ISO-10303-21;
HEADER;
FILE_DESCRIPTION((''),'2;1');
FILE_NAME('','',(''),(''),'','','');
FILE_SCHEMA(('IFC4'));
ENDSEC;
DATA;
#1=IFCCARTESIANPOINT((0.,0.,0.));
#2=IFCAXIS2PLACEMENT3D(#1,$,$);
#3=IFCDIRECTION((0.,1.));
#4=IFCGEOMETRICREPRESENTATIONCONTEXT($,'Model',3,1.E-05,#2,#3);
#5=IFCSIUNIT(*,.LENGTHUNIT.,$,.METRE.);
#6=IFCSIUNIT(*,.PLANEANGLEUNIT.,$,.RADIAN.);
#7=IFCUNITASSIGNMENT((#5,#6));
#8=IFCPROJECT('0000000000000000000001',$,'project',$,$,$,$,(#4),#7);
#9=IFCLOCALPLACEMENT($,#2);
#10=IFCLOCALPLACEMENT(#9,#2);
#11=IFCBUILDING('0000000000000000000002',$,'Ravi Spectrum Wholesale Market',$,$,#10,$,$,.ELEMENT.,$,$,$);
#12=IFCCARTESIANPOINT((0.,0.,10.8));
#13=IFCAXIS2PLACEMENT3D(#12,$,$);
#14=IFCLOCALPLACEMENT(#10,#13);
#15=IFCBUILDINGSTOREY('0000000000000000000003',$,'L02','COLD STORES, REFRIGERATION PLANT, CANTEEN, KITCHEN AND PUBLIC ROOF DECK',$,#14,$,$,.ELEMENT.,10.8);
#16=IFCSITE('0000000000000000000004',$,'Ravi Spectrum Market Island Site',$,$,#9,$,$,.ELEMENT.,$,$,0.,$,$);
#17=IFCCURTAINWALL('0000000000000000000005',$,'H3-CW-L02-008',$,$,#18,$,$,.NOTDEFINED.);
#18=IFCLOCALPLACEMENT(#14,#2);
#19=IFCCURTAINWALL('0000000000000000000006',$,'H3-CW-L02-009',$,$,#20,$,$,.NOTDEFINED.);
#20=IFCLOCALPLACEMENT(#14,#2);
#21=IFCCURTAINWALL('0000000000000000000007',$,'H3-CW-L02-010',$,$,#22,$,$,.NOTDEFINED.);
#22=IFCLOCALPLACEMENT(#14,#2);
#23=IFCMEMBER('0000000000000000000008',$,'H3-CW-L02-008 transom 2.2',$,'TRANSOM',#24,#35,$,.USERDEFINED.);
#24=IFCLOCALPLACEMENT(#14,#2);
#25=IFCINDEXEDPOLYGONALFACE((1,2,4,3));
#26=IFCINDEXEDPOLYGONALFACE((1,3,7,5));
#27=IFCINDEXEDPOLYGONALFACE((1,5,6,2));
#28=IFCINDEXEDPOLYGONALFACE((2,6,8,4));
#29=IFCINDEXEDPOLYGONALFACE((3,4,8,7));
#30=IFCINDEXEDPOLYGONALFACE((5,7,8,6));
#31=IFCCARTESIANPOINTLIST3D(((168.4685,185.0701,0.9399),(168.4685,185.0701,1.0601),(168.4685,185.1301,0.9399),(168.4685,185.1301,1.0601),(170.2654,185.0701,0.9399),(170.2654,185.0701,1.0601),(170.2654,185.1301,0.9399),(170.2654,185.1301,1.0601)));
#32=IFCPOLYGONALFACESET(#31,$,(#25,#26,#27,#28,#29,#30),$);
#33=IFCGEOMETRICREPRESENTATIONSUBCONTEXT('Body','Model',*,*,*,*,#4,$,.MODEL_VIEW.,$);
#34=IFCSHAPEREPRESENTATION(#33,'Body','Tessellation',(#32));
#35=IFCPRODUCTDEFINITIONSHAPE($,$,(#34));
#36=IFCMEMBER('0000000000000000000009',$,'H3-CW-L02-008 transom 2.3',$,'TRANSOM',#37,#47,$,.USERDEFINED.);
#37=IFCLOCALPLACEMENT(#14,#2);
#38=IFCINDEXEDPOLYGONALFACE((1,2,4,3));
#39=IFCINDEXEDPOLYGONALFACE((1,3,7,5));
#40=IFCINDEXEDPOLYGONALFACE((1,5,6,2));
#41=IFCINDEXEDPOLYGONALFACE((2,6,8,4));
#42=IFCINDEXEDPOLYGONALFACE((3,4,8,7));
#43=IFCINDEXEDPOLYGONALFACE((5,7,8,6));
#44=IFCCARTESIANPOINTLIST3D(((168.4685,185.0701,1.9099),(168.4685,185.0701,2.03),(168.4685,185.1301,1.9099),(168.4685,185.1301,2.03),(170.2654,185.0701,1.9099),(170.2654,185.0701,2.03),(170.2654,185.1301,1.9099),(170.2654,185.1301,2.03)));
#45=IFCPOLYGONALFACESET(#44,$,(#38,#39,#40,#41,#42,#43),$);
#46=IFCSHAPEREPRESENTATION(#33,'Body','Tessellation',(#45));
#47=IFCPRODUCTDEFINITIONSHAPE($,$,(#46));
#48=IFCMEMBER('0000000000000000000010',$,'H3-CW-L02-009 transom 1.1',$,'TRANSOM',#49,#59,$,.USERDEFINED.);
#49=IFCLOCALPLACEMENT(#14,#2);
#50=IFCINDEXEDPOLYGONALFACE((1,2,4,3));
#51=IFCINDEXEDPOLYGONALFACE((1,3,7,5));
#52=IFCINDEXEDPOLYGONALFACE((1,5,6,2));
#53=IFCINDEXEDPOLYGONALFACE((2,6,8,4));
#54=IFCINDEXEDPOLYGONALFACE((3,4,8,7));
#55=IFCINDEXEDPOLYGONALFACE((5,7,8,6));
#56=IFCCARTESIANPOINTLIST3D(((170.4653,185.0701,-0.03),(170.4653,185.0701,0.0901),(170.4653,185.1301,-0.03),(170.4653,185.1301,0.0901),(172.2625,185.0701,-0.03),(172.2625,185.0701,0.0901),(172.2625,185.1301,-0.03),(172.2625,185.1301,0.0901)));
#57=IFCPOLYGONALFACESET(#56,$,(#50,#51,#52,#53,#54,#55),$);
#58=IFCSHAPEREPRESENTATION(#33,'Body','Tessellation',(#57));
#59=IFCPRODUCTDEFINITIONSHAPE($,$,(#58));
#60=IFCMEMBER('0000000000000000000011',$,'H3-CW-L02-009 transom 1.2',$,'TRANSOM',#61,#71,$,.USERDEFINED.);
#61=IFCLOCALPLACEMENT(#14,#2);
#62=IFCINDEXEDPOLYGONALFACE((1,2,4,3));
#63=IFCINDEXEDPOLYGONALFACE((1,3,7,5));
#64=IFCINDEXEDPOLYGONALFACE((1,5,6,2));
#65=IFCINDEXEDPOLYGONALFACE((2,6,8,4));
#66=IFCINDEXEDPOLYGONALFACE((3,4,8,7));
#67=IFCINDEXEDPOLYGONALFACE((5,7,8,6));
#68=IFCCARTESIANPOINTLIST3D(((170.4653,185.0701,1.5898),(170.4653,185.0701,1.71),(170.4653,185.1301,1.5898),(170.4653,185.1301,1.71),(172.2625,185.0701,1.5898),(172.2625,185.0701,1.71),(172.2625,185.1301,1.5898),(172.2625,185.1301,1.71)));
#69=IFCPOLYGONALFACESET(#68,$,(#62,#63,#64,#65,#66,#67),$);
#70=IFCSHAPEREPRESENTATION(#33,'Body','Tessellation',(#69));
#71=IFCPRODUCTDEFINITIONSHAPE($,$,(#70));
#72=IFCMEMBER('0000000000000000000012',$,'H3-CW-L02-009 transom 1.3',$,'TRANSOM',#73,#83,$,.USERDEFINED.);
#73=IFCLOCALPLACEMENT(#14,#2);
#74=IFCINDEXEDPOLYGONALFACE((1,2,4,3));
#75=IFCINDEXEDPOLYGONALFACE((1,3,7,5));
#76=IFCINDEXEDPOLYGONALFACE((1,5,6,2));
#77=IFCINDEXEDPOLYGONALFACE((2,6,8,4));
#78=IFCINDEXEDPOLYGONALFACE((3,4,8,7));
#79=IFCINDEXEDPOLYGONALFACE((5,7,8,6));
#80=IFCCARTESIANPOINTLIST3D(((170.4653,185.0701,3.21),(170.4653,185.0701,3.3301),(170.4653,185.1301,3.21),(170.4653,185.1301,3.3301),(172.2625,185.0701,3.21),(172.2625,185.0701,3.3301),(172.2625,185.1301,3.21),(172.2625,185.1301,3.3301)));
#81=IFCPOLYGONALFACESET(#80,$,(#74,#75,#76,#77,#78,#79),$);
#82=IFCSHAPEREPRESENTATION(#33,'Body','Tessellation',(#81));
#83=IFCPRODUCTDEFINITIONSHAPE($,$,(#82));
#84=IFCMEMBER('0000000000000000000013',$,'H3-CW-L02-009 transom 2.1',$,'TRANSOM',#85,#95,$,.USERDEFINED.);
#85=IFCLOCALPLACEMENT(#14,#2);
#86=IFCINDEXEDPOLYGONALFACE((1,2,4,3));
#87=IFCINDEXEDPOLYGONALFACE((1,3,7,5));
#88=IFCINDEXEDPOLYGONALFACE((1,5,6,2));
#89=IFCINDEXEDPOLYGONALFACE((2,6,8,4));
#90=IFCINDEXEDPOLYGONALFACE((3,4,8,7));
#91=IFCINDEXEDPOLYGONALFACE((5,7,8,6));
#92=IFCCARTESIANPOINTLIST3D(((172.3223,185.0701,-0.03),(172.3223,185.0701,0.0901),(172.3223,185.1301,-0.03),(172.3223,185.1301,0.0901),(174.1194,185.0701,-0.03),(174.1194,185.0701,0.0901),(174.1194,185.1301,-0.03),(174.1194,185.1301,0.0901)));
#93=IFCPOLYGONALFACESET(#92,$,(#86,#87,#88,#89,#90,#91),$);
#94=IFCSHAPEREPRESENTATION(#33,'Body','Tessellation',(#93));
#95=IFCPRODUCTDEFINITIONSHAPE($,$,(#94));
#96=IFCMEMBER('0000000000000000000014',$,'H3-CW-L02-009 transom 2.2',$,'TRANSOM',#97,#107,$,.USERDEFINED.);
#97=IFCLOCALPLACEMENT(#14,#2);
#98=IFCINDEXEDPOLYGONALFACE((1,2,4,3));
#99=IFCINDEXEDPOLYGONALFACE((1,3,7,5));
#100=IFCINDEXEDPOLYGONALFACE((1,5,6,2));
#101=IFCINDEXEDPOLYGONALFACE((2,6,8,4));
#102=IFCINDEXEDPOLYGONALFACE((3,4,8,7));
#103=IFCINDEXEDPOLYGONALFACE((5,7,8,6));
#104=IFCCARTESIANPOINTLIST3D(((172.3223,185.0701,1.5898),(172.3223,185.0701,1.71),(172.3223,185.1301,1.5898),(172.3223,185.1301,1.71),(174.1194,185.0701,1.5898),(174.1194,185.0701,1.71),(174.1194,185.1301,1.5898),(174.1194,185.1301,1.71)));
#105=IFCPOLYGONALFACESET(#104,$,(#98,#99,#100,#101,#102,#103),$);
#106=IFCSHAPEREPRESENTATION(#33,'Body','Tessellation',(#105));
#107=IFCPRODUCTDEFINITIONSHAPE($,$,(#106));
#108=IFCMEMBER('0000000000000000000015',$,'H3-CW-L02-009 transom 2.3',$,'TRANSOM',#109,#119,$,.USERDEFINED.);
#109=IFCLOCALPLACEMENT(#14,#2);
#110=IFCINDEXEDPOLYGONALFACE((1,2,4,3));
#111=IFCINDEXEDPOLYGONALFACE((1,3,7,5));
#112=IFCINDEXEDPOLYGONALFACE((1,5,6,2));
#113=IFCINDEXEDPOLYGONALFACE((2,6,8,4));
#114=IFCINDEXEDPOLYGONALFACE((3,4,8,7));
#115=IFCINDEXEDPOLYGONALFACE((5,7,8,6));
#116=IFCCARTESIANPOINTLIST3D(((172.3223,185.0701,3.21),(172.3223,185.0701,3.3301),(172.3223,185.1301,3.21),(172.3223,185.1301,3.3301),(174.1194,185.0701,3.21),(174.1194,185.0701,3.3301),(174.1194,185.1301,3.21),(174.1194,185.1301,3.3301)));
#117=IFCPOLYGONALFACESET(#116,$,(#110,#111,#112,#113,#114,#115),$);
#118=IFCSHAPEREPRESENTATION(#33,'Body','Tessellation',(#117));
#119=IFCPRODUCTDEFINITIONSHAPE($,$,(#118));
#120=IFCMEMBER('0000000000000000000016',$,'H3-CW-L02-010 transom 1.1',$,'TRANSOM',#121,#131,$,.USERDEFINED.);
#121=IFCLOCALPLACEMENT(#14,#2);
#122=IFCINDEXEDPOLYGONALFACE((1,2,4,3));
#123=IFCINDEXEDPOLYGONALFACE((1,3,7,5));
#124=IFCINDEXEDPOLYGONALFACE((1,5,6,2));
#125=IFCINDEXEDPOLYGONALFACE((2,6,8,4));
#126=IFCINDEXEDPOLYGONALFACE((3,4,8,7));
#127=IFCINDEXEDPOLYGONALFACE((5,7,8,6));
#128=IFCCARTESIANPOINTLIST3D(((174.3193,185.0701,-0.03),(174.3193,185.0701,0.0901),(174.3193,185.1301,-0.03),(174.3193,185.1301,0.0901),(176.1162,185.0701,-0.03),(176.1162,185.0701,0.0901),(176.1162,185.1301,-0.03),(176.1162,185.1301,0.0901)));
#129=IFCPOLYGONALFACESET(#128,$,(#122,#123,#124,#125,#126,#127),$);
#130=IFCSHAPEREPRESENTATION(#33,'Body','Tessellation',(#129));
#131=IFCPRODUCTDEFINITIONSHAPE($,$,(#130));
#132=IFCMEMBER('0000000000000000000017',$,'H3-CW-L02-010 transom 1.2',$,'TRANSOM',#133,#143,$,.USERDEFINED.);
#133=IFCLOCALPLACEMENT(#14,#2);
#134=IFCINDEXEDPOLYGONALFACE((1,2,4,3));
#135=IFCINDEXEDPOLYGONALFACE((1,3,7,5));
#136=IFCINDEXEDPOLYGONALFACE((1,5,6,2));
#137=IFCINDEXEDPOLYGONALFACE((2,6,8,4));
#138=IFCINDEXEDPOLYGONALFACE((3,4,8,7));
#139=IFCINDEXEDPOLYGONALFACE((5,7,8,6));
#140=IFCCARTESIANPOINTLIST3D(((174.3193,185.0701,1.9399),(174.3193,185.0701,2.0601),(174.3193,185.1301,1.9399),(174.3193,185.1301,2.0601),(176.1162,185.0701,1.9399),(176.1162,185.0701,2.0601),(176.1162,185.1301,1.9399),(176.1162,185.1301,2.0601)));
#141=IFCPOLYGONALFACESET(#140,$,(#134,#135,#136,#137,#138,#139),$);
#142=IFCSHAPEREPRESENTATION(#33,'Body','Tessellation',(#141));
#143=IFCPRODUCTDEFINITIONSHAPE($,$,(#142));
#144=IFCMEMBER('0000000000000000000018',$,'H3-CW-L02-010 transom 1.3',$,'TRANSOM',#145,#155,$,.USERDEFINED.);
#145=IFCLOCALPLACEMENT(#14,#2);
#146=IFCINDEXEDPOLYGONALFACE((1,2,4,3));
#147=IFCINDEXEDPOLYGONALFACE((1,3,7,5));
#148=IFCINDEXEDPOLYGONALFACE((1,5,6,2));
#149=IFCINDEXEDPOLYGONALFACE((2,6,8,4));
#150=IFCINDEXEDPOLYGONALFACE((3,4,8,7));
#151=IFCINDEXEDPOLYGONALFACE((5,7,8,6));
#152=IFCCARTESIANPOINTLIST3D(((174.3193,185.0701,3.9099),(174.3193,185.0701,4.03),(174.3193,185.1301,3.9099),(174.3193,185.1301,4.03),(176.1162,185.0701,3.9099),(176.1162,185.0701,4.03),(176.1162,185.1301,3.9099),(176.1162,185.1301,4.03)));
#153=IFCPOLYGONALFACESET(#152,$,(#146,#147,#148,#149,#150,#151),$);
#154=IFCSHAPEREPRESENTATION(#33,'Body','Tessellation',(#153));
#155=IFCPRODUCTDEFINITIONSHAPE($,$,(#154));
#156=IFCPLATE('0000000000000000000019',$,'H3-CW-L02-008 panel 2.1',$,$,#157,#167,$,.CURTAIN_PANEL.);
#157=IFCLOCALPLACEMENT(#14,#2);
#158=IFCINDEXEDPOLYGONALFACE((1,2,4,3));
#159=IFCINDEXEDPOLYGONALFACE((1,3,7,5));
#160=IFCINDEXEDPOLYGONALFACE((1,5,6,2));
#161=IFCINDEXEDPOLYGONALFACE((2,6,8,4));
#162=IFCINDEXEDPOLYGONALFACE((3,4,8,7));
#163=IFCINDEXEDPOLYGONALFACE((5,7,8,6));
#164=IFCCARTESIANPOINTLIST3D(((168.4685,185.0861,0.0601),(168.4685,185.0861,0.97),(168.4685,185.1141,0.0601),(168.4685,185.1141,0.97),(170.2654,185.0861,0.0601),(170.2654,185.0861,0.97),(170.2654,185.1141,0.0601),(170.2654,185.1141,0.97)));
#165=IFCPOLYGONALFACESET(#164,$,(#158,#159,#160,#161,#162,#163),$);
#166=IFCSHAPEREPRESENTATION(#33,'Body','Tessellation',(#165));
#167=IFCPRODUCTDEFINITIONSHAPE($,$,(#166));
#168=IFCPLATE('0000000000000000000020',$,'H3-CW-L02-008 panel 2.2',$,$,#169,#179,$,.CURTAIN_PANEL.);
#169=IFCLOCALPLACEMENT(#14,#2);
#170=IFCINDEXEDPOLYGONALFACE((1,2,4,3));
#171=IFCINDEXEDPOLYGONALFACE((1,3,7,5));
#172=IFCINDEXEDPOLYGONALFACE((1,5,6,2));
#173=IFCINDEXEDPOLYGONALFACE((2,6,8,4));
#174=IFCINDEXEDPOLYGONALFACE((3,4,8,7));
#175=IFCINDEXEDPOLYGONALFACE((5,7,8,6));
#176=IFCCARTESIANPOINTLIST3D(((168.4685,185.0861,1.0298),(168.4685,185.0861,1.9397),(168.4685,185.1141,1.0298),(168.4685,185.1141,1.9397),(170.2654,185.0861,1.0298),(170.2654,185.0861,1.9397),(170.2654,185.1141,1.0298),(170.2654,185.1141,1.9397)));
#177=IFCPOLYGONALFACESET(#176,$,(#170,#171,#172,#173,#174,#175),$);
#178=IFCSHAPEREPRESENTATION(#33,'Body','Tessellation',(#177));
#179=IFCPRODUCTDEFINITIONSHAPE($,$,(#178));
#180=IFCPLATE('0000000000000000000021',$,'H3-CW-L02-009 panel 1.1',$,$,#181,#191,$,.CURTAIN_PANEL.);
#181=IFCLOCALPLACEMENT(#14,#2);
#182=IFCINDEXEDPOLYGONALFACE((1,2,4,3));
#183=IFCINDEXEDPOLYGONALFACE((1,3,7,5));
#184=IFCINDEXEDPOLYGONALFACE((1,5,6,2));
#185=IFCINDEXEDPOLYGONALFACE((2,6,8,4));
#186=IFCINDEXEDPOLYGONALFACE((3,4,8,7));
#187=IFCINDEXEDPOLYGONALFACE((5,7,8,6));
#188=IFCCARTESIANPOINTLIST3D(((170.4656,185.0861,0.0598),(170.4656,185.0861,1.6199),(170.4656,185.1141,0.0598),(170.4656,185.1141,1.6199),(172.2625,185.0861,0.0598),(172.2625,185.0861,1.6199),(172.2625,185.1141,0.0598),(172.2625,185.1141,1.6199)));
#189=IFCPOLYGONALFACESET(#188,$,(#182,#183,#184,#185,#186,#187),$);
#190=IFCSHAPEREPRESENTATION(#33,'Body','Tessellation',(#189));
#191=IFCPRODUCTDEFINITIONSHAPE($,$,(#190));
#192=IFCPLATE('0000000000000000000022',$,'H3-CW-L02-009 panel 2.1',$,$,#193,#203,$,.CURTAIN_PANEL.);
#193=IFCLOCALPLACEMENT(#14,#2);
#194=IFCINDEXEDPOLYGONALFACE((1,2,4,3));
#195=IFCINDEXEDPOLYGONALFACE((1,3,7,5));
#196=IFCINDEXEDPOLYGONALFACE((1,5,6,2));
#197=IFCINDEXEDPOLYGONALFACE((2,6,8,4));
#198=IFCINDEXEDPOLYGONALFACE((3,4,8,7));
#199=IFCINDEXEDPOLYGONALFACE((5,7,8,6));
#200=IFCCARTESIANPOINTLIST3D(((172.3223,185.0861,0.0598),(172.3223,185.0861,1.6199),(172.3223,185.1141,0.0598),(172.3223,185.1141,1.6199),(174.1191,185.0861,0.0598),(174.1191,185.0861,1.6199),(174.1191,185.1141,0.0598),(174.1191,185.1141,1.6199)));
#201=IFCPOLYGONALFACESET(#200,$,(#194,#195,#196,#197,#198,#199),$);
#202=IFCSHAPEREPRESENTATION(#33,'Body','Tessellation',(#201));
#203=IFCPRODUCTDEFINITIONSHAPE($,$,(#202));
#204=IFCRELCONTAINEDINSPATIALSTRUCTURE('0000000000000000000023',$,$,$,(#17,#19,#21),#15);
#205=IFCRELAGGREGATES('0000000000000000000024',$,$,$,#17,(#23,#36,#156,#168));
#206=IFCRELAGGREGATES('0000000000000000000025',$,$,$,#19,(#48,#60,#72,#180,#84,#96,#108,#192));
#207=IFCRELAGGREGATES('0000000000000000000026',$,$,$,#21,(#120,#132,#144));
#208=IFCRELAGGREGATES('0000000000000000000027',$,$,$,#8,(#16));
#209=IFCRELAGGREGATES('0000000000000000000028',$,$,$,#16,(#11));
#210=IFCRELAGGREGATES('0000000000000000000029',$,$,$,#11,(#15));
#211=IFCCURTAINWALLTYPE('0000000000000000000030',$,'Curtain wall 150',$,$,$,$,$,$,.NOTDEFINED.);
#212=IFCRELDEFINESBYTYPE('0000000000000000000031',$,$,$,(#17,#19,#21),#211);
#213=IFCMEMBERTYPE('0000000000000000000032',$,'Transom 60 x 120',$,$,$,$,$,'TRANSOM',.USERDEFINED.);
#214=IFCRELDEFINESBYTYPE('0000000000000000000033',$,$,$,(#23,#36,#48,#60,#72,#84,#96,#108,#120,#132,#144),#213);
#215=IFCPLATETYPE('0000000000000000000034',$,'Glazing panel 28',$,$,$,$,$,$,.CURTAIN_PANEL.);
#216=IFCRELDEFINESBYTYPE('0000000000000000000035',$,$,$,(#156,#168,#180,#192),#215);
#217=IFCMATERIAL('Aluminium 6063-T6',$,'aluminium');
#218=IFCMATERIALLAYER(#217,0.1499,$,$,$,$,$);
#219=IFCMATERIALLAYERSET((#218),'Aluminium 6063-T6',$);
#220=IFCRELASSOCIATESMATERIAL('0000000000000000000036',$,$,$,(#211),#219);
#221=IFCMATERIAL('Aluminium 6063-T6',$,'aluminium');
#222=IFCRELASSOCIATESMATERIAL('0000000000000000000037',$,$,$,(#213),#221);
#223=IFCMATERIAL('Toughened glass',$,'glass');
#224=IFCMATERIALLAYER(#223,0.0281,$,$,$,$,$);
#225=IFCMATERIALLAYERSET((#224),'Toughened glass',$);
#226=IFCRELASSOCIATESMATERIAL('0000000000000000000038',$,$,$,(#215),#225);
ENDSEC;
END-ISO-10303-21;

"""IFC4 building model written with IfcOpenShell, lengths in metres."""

from ifc_helpers import new_model, si_unit, direction, frame, origin, origin_2d, place, context, subcontext, project, spatial, rectangle, extrude, material, layer, layer_set, material_profile, profile_set, type_object, element, aggregate, save


model = new_model("IFC4")

# Units and contexts
model_context = context("Model", 3, precision=1e-05, world=origin(), true_north=direction((0.0, 1.0)))
body_context = subcontext(model_context, "Body", "Model", "MODEL_VIEW")
ifc_project = project(units=[si_unit("LENGTHUNIT", "METRE"), si_unit("PLANEANGLEUNIT", "RADIAN")], contexts=[model_context])

# Site, building, storey
site_placement = place(None, origin())
site = spatial("IfcSite", under=ifc_project, at=site_placement, Name="Ravi Spectrum Market Island Site", CompositionType="ELEMENT", RefElevation=0.0)
building_placement = place(site_placement, origin())
building = spatial("IfcBuilding", under=site, at=building_placement, Name="Ravi Spectrum Wholesale Market", CompositionType="ELEMENT")
storey_placement = place(building_placement, frame((0.0, 0.0, 10.8)))
storey = spatial("IfcBuildingStorey", under=building, at=storey_placement, Name="L02", Description="COLD STORES, REFRIGERATION PLANT, CANTEEN, KITCHEN AND PUBLIC ROOF DECK", CompositionType="ELEMENT", Elevation=10.8)

# Curtain walls
ifc_material_1 = material(Name="Aluminium 6063-T6", Category="aluminium")
ifc_layer_1 = layer(ifc_material_1, 0.1499)
ifc_layer_set_1 = layer_set([ifc_layer_1], Name="Aluminium 6063-T6")
curtain_wall_type = type_object("IfcCurtainWallType", Name="Curtain wall 150", PredefinedType="NOTDEFINED", material=ifc_layer_set_1)
curtain_wall_1_placement = place(storey_placement, origin())
curtain_wall_1 = element("IfcCurtainWall", 1, at=curtain_wall_1_placement, inside=storey, type_object=curtain_wall_type, Name="H3-CW-L02-008", PredefinedType="NOTDEFINED")
curtain_wall_2_placement = place(storey_placement, origin())
curtain_wall_2 = element("IfcCurtainWall", 2, at=curtain_wall_2_placement, inside=storey, type_object=curtain_wall_type, Name="H3-CW-L02-009", PredefinedType="NOTDEFINED")
curtain_wall_3_placement = place(storey_placement, origin())
curtain_wall_3 = element("IfcCurtainWall", 3, at=curtain_wall_3_placement, inside=storey, type_object=curtain_wall_type, Name="H3-CW-L02-010", PredefinedType="NOTDEFINED")

# Members
ifc_material_2 = material(Name="Aluminium 6063-T6", Category="aluminium")
ifc_material_profile_1 = material_profile(ifc_material_2, rectangle(XDim=0.0601, YDim=0.1201, at=origin_2d()))
ifc_profile_set_1 = profile_set([ifc_material_profile_1], Name="Aluminium 6063-T6")
member_type_1 = type_object("IfcMemberType", Name="Transom 60 x 120", ElementType="TRANSOM", PredefinedType="USERDEFINED", material=ifc_profile_set_1)
member_1_placement = place(storey_placement, frame((168.4685, 185.1001, 1.0), z_axis=(1.0, 0.0, 0.0), x_axis=(0.0, 1.0, 0.0)))
member_1 = element("IfcMember", 4, at=member_1_placement, type_object=member_type_1, Name="H3-CW-L02-008 transom 2.2", ObjectType="TRANSOM", PredefinedType="USERDEFINED", context=body_context, shape_type="SweptSolid", body=[
    extrude(rectangle(XDim=0.0601, YDim=0.1201, at=origin_2d()), origin(), (0.0, 0.0, 1.0), 1.7969),
])
member_2_placement = place(storey_placement, frame((168.4685, 185.1001, 1.97), z_axis=(1.0, 0.0, 0.0), x_axis=(0.0, 1.0, 0.0)))
member_2 = element("IfcMember", 5, at=member_2_placement, type_object=member_type_1, Name="H3-CW-L02-008 transom 2.3", ObjectType="TRANSOM", PredefinedType="USERDEFINED", context=body_context, shape_type="SweptSolid", body=[
    extrude(rectangle(XDim=0.0601, YDim=0.1201, at=origin_2d()), origin(), (0.0, 0.0, 1.0), 1.7969),
])
member_3_placement = place(storey_placement, frame((170.4653, 185.1001, 0.03), z_axis=(1.0, 0.0, 0.0), x_axis=(0.0, 1.0, 0.0)))
member_3 = element("IfcMember", 6, at=member_3_placement, type_object=member_type_1, Name="H3-CW-L02-009 transom 1.1", ObjectType="TRANSOM", PredefinedType="USERDEFINED", context=body_context, shape_type="SweptSolid", body=[
    extrude(rectangle(XDim=0.0601, YDim=0.1201, at=origin_2d()), origin(), (0.0, 0.0, 1.0), 1.7971),
])
member_4_placement = place(storey_placement, frame((170.4653, 185.1001, 1.6499), z_axis=(1.0, 0.0, 0.0), x_axis=(0.0, 1.0, 0.0)))
member_4 = element("IfcMember", 7, at=member_4_placement, type_object=member_type_1, Name="H3-CW-L02-009 transom 1.2", ObjectType="TRANSOM", PredefinedType="USERDEFINED", context=body_context, shape_type="SweptSolid", body=[
    extrude(rectangle(XDim=0.0601, YDim=0.1201, at=origin_2d()), origin(), (0.0, 0.0, 1.0), 1.7971),
])
member_5_placement = place(storey_placement, frame((170.4653, 185.1001, 3.27), z_axis=(1.0, 0.0, 0.0), x_axis=(0.0, 1.0, 0.0)))
member_5 = element("IfcMember", 8, at=member_5_placement, type_object=member_type_1, Name="H3-CW-L02-009 transom 1.3", ObjectType="TRANSOM", PredefinedType="USERDEFINED", context=body_context, shape_type="SweptSolid", body=[
    extrude(rectangle(XDim=0.0601, YDim=0.1201, at=origin_2d()), origin(), (0.0, 0.0, 1.0), 1.7971),
])
member_6_placement = place(storey_placement, frame((172.3223, 185.1001, 0.03), z_axis=(1.0, 0.0, 0.0), x_axis=(0.0, 1.0, 0.0)))
member_6 = element("IfcMember", 9, at=member_6_placement, type_object=member_type_1, Name="H3-CW-L02-009 transom 2.1", ObjectType="TRANSOM", PredefinedType="USERDEFINED", context=body_context, shape_type="SweptSolid", body=[
    extrude(rectangle(XDim=0.0601, YDim=0.1201, at=origin_2d()), origin(), (0.0, 0.0, 1.0), 1.7971),
])
member_7_placement = place(storey_placement, frame((172.3223, 185.1001, 1.6499), z_axis=(1.0, 0.0, 0.0), x_axis=(0.0, 1.0, 0.0)))
member_7 = element("IfcMember", 10, at=member_7_placement, type_object=member_type_1, Name="H3-CW-L02-009 transom 2.2", ObjectType="TRANSOM", PredefinedType="USERDEFINED", context=body_context, shape_type="SweptSolid", body=[
    extrude(rectangle(XDim=0.0601, YDim=0.1201, at=origin_2d()), origin(), (0.0, 0.0, 1.0), 1.7971),
])
member_8_placement = place(storey_placement, frame((172.3223, 185.1001, 3.27), z_axis=(1.0, 0.0, 0.0), x_axis=(0.0, 1.0, 0.0)))
member_8 = element("IfcMember", 11, at=member_8_placement, type_object=member_type_1, Name="H3-CW-L02-009 transom 2.3", ObjectType="TRANSOM", PredefinedType="USERDEFINED", context=body_context, shape_type="SweptSolid", body=[
    extrude(rectangle(XDim=0.0601, YDim=0.1201, at=origin_2d()), origin(), (0.0, 0.0, 1.0), 1.7971),
])
member_9_placement = place(storey_placement, frame((174.3193, 185.1001, 0.03), z_axis=(1.0, 0.0, 0.0), x_axis=(0.0, 1.0, 0.0)))
member_9 = element("IfcMember", 12, at=member_9_placement, type_object=member_type_1, Name="H3-CW-L02-010 transom 1.1", ObjectType="TRANSOM", PredefinedType="USERDEFINED", context=body_context, shape_type="SweptSolid", body=[
    extrude(rectangle(XDim=0.0601, YDim=0.1201, at=origin_2d()), origin(), (0.0, 0.0, 1.0), 1.7969),
])
member_10_placement = place(storey_placement, frame((174.3193, 185.1001, 2.0), z_axis=(1.0, 0.0, 0.0), x_axis=(0.0, 1.0, 0.0)))
member_10 = element("IfcMember", 13, at=member_10_placement, type_object=member_type_1, Name="H3-CW-L02-010 transom 1.2", ObjectType="TRANSOM", PredefinedType="USERDEFINED", context=body_context, shape_type="SweptSolid", body=[
    extrude(rectangle(XDim=0.0601, YDim=0.1201, at=origin_2d()), origin(), (0.0, 0.0, 1.0), 1.7969),
])
member_11_placement = place(storey_placement, frame((174.3193, 185.1001, 3.97), z_axis=(1.0, 0.0, 0.0), x_axis=(0.0, 1.0, 0.0)))
member_11 = element("IfcMember", 14, at=member_11_placement, type_object=member_type_1, Name="H3-CW-L02-010 transom 1.3", ObjectType="TRANSOM", PredefinedType="USERDEFINED", context=body_context, shape_type="SweptSolid", body=[
    extrude(rectangle(XDim=0.0601, YDim=0.1201, at=origin_2d()), origin(), (0.0, 0.0, 1.0), 1.7969),
])

# Plates
ifc_material_3 = material(Name="Toughened glass", Category="glass")
ifc_layer_2 = layer(ifc_material_3, 0.0281)
ifc_layer_set_2 = layer_set([ifc_layer_2], Name="Toughened glass")
plate_type_1 = type_object("IfcPlateType", Name="Glazing panel 28", PredefinedType="CURTAIN_PANEL", material=ifc_layer_set_2)
plate_1_placement = place(storey_placement, frame((169.3669, 185.1001, 0.0601), z_axis=(0.0, 0.0, 1.0), x_axis=(1.0, 0.0, 0.0)))
plate_1 = element("IfcPlate", 15, at=plate_1_placement, type_object=plate_type_1, Name="H3-CW-L02-008 panel 2.1", PredefinedType="CURTAIN_PANEL", context=body_context, shape_type="SweptSolid", body=[
    extrude(rectangle(XDim=1.7969, YDim=0.0281, at=origin_2d()), origin(), (0.0, 0.0, 1.0), 0.9099),
])
plate_2_placement = place(storey_placement, frame((169.3669, 185.1001, 1.0298), z_axis=(0.0, 0.0, 1.0), x_axis=(1.0, 0.0, 0.0)))
plate_2 = element("IfcPlate", 16, at=plate_2_placement, type_object=plate_type_1, Name="H3-CW-L02-008 panel 2.2", PredefinedType="CURTAIN_PANEL", context=body_context, shape_type="SweptSolid", body=[
    extrude(rectangle(XDim=1.7969, YDim=0.0281, at=origin_2d()), origin(), (0.0, 0.0, 1.0), 0.9099),
])
aggregate(curtain_wall_1, [member_1, member_2, plate_1, plate_2])
plate_3_placement = place(storey_placement, frame((171.364, 185.1001, 0.0598), z_axis=(0.0, 0.0, 1.0), x_axis=(1.0, 0.0, 0.0)))
plate_3 = element("IfcPlate", 17, at=plate_3_placement, type_object=plate_type_1, Name="H3-CW-L02-009 panel 1.1", PredefinedType="CURTAIN_PANEL", context=body_context, shape_type="SweptSolid", body=[
    extrude(rectangle(XDim=1.7969, YDim=0.0281, at=origin_2d()), origin(), (0.0, 0.0, 1.0), 1.5601),
])
plate_4_placement = place(storey_placement, frame((173.2207, 185.1001, 0.0598), z_axis=(0.0, 0.0, 1.0), x_axis=(1.0, 0.0, 0.0)))
plate_4 = element("IfcPlate", 18, at=plate_4_placement, type_object=plate_type_1, Name="H3-CW-L02-009 panel 2.1", PredefinedType="CURTAIN_PANEL", context=body_context, shape_type="SweptSolid", body=[
    extrude(rectangle(XDim=1.7969, YDim=0.0281, at=origin_2d()), origin(), (0.0, 0.0, 1.0), 1.5601),
])
aggregate(curtain_wall_2, [member_3, member_4, member_5, plate_3, member_6, member_7, member_8, plate_4])
aggregate(curtain_wall_3, [member_9, member_10, member_11])

save(model, "model.ifc")
